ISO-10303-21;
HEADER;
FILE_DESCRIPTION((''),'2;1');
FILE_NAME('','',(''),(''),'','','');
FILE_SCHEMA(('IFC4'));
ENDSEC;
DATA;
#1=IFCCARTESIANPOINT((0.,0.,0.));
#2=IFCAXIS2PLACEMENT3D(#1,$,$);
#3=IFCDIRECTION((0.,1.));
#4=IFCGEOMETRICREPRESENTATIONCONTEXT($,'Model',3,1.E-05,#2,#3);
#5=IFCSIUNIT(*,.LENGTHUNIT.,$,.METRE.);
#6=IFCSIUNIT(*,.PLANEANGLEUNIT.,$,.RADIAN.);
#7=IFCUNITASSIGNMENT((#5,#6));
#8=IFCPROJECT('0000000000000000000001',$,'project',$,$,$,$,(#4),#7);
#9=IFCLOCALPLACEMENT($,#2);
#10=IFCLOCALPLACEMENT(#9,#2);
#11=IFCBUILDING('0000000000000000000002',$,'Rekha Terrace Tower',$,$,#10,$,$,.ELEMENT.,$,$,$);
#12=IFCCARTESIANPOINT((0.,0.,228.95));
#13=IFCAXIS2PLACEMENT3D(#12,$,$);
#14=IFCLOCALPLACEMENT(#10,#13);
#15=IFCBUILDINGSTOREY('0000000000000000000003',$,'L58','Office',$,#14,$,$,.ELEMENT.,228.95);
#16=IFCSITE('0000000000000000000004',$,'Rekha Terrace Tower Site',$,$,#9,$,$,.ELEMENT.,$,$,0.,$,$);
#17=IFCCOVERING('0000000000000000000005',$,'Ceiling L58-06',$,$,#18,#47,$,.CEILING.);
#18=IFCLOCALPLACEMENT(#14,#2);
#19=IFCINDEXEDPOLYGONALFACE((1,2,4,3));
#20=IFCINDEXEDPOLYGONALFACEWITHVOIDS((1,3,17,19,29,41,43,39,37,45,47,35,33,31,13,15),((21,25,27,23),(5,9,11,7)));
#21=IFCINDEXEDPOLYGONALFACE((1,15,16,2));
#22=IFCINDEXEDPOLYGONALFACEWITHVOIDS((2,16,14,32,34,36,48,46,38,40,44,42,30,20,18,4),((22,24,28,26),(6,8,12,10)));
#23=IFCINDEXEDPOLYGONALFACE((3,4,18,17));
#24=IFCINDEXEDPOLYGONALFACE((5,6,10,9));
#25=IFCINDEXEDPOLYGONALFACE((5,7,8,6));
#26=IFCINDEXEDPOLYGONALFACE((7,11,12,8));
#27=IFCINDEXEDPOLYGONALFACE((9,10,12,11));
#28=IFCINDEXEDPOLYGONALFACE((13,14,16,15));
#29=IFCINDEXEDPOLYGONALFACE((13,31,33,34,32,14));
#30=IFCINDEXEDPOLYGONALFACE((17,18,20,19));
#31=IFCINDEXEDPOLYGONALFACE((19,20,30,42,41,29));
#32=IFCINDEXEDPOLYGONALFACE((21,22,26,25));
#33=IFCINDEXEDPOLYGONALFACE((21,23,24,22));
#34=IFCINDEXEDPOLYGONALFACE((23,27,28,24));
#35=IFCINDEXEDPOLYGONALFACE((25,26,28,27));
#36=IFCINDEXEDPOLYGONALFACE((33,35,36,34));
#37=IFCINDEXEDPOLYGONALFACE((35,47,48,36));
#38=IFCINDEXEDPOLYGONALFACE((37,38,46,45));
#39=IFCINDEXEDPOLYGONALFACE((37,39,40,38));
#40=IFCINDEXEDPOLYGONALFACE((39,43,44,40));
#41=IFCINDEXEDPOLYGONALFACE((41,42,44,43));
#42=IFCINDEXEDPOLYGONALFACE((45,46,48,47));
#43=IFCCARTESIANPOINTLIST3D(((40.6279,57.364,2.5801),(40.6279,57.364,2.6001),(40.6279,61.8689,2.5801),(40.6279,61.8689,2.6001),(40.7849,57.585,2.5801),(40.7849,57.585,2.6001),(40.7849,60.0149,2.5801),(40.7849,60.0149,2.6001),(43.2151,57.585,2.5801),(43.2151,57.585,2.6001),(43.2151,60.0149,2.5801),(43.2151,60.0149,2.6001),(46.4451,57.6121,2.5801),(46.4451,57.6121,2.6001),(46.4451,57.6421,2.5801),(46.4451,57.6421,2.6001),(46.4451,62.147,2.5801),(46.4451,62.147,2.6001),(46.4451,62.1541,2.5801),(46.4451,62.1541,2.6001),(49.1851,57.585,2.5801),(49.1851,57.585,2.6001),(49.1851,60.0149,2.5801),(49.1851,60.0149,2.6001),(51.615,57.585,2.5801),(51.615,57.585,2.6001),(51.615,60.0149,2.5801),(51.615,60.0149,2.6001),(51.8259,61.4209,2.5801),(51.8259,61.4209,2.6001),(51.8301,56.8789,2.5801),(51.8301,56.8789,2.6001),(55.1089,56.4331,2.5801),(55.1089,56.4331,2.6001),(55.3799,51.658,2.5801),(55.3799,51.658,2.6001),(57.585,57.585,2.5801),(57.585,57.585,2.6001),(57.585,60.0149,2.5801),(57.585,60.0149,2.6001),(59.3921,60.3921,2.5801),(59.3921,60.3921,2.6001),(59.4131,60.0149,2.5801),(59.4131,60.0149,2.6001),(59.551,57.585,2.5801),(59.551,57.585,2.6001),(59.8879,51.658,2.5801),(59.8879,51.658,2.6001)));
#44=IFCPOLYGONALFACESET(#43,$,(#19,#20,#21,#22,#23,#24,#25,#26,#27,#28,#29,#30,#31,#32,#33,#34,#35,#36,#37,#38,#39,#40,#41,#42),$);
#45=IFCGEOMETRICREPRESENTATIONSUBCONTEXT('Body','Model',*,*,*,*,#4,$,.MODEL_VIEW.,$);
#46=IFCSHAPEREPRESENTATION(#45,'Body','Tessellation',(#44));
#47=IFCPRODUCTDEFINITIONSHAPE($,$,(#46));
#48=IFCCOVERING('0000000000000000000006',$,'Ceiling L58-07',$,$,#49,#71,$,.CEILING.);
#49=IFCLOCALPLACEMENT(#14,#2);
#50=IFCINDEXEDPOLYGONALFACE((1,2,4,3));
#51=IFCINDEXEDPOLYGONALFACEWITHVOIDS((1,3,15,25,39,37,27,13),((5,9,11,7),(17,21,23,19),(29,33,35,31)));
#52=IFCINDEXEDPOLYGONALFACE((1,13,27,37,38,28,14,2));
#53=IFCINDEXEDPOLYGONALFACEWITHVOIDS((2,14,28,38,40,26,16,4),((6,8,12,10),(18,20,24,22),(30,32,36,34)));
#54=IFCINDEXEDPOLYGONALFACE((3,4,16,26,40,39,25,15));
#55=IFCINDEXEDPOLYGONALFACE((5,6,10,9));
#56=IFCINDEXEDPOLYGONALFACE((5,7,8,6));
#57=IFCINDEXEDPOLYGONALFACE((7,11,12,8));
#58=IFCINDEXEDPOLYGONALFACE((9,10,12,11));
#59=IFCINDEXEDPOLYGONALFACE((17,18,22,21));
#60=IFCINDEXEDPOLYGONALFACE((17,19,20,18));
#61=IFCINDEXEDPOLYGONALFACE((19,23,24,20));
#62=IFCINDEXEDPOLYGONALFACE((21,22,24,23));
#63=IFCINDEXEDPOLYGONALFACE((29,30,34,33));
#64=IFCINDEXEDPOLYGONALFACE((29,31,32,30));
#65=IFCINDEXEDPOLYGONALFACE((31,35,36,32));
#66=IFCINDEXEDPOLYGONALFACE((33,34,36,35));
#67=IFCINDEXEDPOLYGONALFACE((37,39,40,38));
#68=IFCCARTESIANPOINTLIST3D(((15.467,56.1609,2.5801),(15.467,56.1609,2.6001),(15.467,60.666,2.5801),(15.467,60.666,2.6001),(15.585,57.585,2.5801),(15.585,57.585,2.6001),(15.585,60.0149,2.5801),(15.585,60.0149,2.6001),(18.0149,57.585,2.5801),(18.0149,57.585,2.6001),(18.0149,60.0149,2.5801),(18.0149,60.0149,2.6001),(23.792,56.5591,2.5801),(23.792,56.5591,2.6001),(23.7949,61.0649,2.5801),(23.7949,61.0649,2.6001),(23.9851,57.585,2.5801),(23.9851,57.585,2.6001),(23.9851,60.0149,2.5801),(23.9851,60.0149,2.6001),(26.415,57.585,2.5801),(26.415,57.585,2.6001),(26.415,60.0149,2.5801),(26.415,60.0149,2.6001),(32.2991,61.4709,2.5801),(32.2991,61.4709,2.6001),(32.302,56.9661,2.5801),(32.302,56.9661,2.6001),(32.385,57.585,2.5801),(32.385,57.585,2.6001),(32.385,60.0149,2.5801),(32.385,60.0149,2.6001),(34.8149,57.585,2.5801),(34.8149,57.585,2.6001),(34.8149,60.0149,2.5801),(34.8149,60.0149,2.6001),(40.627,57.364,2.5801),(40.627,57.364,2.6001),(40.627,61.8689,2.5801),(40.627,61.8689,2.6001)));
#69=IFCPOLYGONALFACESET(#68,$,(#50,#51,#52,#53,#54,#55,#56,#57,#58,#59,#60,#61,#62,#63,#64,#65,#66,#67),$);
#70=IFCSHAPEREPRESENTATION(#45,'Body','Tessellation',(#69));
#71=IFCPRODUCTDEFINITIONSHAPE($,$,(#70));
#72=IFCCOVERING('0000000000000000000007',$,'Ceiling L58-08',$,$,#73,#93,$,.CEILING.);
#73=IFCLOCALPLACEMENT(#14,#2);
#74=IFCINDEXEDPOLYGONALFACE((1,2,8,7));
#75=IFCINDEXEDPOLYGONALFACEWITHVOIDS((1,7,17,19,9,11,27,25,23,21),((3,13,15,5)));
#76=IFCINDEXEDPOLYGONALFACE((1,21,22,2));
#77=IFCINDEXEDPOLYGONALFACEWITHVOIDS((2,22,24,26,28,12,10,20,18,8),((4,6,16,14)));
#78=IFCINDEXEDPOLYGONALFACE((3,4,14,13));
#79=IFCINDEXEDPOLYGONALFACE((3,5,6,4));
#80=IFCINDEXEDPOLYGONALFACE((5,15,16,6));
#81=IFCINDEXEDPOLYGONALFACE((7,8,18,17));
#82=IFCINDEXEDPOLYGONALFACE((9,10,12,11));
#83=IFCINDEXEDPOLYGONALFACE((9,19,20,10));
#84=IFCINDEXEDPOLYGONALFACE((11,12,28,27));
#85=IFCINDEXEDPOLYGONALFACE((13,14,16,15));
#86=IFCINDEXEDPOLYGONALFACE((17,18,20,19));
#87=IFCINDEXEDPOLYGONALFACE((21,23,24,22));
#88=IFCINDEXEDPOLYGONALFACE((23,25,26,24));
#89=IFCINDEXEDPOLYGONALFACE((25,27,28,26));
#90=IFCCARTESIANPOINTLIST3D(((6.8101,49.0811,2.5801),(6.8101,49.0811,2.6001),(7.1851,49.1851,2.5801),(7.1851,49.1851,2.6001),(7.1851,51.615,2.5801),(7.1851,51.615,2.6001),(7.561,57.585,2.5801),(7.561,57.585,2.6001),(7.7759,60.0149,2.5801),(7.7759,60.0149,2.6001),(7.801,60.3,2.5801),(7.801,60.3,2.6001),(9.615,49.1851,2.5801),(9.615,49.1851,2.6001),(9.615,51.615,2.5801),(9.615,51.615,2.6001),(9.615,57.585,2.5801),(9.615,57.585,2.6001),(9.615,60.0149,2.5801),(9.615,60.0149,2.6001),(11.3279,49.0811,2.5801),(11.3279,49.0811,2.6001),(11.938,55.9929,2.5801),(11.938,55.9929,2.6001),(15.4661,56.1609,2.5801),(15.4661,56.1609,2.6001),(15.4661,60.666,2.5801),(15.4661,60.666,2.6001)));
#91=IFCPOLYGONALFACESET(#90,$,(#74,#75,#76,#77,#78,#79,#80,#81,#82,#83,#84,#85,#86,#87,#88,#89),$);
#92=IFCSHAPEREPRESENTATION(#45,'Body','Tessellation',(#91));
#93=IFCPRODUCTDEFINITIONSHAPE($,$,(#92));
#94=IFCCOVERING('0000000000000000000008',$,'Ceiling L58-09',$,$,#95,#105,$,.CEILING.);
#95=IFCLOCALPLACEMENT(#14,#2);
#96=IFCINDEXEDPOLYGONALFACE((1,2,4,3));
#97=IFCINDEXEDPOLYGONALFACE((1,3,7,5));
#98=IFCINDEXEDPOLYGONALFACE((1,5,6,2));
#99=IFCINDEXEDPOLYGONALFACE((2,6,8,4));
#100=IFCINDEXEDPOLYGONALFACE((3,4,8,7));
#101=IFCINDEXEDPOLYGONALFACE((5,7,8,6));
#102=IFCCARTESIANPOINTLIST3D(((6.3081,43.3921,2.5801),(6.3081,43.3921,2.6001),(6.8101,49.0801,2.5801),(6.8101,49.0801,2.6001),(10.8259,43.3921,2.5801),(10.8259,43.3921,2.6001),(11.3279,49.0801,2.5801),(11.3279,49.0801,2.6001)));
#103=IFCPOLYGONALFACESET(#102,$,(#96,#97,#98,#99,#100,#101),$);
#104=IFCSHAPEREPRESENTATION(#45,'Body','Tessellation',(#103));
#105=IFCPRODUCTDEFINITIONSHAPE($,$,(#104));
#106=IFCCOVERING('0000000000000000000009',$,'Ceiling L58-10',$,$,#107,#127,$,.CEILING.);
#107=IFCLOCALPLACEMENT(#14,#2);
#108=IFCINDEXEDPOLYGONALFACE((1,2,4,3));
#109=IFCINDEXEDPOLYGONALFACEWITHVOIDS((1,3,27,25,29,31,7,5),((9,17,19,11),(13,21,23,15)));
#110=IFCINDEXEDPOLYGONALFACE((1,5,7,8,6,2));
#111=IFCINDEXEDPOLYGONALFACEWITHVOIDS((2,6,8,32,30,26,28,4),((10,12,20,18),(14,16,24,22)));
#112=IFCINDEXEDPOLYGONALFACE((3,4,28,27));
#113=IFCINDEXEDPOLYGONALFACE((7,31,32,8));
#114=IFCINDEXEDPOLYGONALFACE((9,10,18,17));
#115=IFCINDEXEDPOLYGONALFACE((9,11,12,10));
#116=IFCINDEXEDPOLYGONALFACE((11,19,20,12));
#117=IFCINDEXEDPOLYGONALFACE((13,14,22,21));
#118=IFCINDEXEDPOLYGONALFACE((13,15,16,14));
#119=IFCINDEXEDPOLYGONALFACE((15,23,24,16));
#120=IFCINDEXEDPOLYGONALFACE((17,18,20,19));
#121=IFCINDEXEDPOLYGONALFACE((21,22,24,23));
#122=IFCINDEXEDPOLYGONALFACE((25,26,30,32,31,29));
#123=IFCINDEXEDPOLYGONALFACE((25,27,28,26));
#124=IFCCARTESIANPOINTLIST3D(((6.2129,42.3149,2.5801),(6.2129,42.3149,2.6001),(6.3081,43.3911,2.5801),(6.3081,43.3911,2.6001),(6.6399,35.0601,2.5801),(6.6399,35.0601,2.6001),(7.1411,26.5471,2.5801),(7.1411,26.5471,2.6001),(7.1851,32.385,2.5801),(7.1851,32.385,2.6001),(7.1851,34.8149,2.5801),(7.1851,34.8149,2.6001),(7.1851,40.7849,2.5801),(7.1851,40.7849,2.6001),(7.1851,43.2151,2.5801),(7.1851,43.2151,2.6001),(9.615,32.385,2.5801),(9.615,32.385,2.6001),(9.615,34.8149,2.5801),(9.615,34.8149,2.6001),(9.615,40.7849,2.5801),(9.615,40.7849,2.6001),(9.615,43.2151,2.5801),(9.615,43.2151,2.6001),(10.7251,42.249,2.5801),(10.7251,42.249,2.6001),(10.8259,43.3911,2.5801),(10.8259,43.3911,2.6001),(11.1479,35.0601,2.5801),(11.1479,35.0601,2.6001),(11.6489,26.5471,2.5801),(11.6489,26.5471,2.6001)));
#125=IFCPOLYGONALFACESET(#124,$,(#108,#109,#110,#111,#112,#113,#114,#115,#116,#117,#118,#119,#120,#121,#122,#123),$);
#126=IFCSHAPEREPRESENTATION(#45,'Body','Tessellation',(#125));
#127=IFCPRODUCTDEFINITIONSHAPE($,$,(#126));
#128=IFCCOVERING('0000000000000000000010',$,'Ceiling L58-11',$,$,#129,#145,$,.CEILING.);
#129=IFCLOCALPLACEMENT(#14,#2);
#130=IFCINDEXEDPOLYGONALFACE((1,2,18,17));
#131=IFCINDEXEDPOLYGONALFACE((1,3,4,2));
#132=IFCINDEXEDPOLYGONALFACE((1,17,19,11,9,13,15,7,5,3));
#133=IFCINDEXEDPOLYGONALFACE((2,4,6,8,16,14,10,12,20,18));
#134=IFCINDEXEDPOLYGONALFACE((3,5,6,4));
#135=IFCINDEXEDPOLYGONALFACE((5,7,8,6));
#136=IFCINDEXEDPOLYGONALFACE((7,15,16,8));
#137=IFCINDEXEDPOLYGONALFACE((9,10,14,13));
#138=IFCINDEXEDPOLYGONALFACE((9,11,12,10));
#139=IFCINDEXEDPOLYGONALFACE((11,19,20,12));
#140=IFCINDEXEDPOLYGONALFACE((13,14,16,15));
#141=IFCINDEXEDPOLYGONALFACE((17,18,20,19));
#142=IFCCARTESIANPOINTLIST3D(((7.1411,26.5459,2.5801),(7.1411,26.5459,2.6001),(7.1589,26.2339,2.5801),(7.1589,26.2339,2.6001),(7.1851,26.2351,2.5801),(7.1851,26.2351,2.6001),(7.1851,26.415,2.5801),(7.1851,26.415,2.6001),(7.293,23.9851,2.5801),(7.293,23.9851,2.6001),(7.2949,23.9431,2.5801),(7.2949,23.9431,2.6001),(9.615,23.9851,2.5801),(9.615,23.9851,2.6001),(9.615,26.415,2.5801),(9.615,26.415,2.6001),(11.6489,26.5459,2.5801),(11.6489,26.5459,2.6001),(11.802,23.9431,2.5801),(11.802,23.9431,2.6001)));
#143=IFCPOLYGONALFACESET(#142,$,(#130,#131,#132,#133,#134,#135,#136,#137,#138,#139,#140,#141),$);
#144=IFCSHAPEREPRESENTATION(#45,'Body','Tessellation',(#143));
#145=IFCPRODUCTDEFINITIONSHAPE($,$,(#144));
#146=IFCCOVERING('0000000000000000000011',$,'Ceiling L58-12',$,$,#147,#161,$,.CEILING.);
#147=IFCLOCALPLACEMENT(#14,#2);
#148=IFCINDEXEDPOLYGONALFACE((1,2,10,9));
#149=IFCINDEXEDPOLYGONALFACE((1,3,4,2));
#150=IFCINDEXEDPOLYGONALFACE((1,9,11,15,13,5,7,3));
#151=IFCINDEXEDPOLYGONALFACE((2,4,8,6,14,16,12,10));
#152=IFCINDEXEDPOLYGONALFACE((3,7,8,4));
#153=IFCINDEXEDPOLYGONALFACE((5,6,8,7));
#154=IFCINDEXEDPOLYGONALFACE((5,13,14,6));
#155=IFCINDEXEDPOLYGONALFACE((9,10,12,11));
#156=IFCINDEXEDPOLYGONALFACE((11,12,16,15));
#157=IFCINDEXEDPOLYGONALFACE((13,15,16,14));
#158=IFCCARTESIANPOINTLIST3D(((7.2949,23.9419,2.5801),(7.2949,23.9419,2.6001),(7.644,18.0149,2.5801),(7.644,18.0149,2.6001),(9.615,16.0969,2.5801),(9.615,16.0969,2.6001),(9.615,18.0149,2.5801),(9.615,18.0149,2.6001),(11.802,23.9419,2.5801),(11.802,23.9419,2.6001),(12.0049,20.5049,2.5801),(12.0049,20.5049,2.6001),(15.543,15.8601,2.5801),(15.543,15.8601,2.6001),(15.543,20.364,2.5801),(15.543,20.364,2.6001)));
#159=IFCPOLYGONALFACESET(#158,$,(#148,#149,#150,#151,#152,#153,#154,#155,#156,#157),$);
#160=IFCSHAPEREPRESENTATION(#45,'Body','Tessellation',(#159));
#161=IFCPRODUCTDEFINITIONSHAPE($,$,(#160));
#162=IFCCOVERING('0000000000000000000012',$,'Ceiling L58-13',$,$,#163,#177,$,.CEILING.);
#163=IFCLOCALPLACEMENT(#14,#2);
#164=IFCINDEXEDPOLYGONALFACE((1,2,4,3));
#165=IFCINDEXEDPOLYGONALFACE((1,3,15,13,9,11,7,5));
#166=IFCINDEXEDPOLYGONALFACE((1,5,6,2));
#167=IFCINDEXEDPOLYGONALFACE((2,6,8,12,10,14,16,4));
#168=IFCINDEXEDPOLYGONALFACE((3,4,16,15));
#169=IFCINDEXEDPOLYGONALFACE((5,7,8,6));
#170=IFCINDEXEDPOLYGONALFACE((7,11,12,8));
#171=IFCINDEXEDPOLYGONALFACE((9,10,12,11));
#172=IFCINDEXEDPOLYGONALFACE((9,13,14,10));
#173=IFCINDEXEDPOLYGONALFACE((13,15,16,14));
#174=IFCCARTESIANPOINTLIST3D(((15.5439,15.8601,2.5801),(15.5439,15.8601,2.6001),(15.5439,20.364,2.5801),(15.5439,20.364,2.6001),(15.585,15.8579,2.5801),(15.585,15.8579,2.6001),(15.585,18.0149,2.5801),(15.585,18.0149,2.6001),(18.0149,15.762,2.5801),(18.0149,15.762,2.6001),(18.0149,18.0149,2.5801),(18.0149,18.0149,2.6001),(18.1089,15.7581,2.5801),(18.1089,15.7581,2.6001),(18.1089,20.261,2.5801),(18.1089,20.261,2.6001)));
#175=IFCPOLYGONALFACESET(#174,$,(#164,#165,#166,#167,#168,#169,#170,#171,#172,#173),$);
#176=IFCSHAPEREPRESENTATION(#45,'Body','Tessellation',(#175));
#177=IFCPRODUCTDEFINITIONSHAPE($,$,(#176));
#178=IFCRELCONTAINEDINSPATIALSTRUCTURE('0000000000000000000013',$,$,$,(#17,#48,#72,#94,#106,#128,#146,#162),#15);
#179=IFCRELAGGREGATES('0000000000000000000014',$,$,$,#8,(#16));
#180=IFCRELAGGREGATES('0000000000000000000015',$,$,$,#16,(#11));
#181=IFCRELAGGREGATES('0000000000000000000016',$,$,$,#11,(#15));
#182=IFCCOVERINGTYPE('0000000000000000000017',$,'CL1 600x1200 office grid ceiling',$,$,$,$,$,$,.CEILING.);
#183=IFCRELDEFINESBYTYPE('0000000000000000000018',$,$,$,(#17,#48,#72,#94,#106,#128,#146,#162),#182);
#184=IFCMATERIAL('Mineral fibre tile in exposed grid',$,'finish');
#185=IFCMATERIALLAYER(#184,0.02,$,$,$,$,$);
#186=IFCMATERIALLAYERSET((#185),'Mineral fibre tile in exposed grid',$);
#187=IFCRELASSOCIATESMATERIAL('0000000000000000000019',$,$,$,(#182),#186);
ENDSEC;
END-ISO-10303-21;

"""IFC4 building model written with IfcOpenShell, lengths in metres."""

from ifc_helpers import new_model, si_unit, direction, frame, origin, place, context, subcontext, project, spatial, polyline, outline, extrude, material, layer, layer_set, type_object, element, save


model = new_model("IFC4")

# Units and contexts
model_context = context("Model", 3, precision=1e-05, world=origin(), true_north=direction((0.0, 1.0)))
body_context = subcontext(model_context, "Body", "Model", "MODEL_VIEW")
ifc_project = project(units=[si_unit("LENGTHUNIT", "METRE"), si_unit("PLANEANGLEUNIT", "RADIAN")], contexts=[model_context])

# Site, building, storey
site_placement = place(None, origin())
site = spatial("IfcSite", under=ifc_project, at=site_placement, Name="Rekha Terrace Tower Site", CompositionType="ELEMENT", RefElevation=0.0)
building_placement = place(site_placement, origin())
building = spatial("IfcBuilding", under=site, at=building_placement, Name="Rekha Terrace Tower", CompositionType="ELEMENT")
storey_placement = place(building_placement, frame((0.0, 0.0, 228.95)))
storey = spatial("IfcBuildingStorey", under=building, at=storey_placement, Name="L58", Description="Office", CompositionType="ELEMENT", Elevation=228.95)

# Coverings
ifc_material_1 = material(Name="Mineral fibre tile in exposed grid", Category="finish")
ifc_layer_1 = layer(ifc_material_1, 0.02)
ifc_layer_set_1 = layer_set([ifc_layer_1], Name="Mineral fibre tile in exposed grid")
covering_type_1 = type_object("IfcCoveringType", Name="CL1 600x1200 office grid ceiling", PredefinedType="CEILING", material=ifc_layer_set_1)
covering_1_placement = place(storey_placement, frame((0.0, 0.0, 2.5801)))
element("IfcCovering", 1, at=covering_1_placement, inside=storey, type_object=covering_type_1, Name="Ceiling L58-06", PredefinedType="CEILING", context=body_context, shape_type="SweptSolid", body=[
    extrude(outline(polyline([(40.6279, 61.8689), (40.6279, 57.364), (46.4451, 57.6421), (46.4451, 57.6121), (51.8301, 56.8789), (55.1089, 56.4331), (55.3799, 51.658), (59.8879, 51.658), (59.551, 57.585), (57.585, 57.585), (57.585, 60.0149), (59.4131, 60.0149), (59.3921, 60.3921), (51.8259, 61.4209), (46.4451, 62.1541), (46.4451, 62.147), (40.6279, 61.8689)]), holes=[polyline([(51.615, 57.585), (49.1851, 57.585), (49.1851, 60.0149), (51.615, 60.0149), (51.615, 57.585)]), polyline([(43.2151, 60.0149), (43.2151, 57.585), (40.7849, 57.585), (40.7849, 60.0149), (43.2151, 60.0149)])]), origin(), (0.0, 0.0, 1.0), 0.02),
])
covering_2_placement = place(storey_placement, frame((0.0, 0.0, 2.5801)))
element("IfcCovering", 2, at=covering_2_placement, inside=storey, type_object=covering_type_1, Name="Ceiling L58-07", PredefinedType="CEILING", context=body_context, shape_type="SweptSolid", body=[
    extrude(outline(polyline([(32.2991, 61.4709), (23.7949, 61.0649), (15.467, 60.666), (15.467, 56.1609), (23.792, 56.5591), (32.302, 56.9661), (40.627, 57.364), (40.627, 61.8689), (32.2991, 61.4709)]), holes=[polyline([(34.8149, 57.585), (32.385, 57.585), (32.385, 60.0149), (34.8149, 60.0149), (34.8149, 57.585)]), polyline([(26.415, 57.585), (23.9851, 57.585), (23.9851, 60.0149), (26.415, 60.0149), (26.415, 57.585)]), polyline([(18.0149, 60.0149), (18.0149, 57.585), (15.585, 57.585), (15.585, 60.0149), (18.0149, 60.0149)])]), origin(), (0.0, 0.0, 1.0), 0.02),
])
covering_3_placement = place(storey_placement, frame((0.0, 0.0, 2.5801)))
element("IfcCovering", 3, at=covering_3_placement, inside=storey, type_object=covering_type_1, Name="Ceiling L58-08", PredefinedType="CEILING", context=body_context, shape_type="SweptSolid", body=[
    extrude(outline(polyline([(7.561, 57.585), (6.8101, 49.0811), (11.3279, 49.0811), (11.938, 55.9929), (15.4661, 56.1609), (15.4661, 60.666), (7.801, 60.3), (7.7759, 60.0149), (9.615, 60.0149), (9.615, 57.585), (7.561, 57.585)]), holes=[polyline([(9.615, 49.1851), (7.1851, 49.1851), (7.1851, 51.615), (9.615, 51.615), (9.615, 49.1851)])]), origin(), (0.0, 0.0, 1.0), 0.02),
])
covering_4_placement = place(storey_placement, frame((0.0, 0.0, 2.5801)))
element("IfcCovering", 4, at=covering_4_placement, inside=storey, type_object=covering_type_1, Name="Ceiling L58-09", PredefinedType="CEILING", context=body_context, shape_type="SweptSolid", body=[
    extrude(outline(polyline([(11.3279, 49.0801), (6.8101, 49.0801), (6.3081, 43.3921), (10.8259, 43.3921), (11.3279, 49.0801)])), origin(), (0.0, 0.0, 1.0), 0.02),
])
covering_5_placement = place(storey_placement, frame((0.0, 0.0, 2.5801)))
element("IfcCovering", 5, at=covering_5_placement, inside=storey, type_object=covering_type_1, Name="Ceiling L58-10", PredefinedType="CEILING", context=body_context, shape_type="SweptSolid", body=[
    extrude(outline(polyline([(10.8259, 43.3911), (6.3081, 43.3911), (6.2129, 42.3149), (6.6399, 35.0601), (7.1411, 26.5471), (11.6489, 26.5471), (11.1479, 35.0601), (10.7251, 42.249), (10.8259, 43.3911)]), holes=[polyline([(9.615, 34.8149), (9.615, 32.385), (7.1851, 32.385), (7.1851, 34.8149), (9.615, 34.8149)]), polyline([(9.615, 40.7849), (7.1851, 40.7849), (7.1851, 43.2151), (9.615, 43.2151), (9.615, 40.7849)])]), origin(), (0.0, 0.0, 1.0), 0.02),
])
covering_6_placement = place(storey_placement, frame((0.0, 0.0, 2.5801)))
element("IfcCovering", 6, at=covering_6_placement, inside=storey, type_object=covering_type_1, Name="Ceiling L58-11", PredefinedType="CEILING", context=body_context, shape_type="SweptSolid", body=[
    extrude(outline(polyline([(9.615, 23.9851), (7.293, 23.9851), (7.2949, 23.9431), (11.802, 23.9431), (11.6489, 26.5459), (7.1411, 26.5459), (7.1589, 26.2339), (7.1851, 26.2351), (7.1851, 26.415), (9.615, 26.415), (9.615, 23.9851)])), origin(), (0.0, 0.0, 1.0), 0.02),
])
covering_7_placement = place(storey_placement, frame((0.0, 0.0, 2.5801)))
element("IfcCovering", 7, at=covering_7_placement, inside=storey, type_object=covering_type_1, Name="Ceiling L58-12", PredefinedType="CEILING", context=body_context, shape_type="SweptSolid", body=[
    extrude(outline(polyline([(9.615, 16.0969), (15.543, 15.8601), (15.543, 20.364), (12.0049, 20.5049), (11.802, 23.9419), (7.2949, 23.9419), (7.644, 18.0149), (9.615, 18.0149), (9.615, 16.0969)])), origin(), (0.0, 0.0, 1.0), 0.02),
])
covering_8_placement = place(storey_placement, frame((0.0, 0.0, 2.5801)))
element("IfcCovering", 8, at=covering_8_placement, inside=storey, type_object=covering_type_1, Name="Ceiling L58-13", PredefinedType="CEILING", context=body_context, shape_type="SweptSolid", body=[
    extrude(outline(polyline([(18.0149, 18.0149), (18.0149, 15.762), (18.1089, 15.7581), (18.1089, 20.261), (15.5439, 20.364), (15.5439, 15.8601), (15.585, 15.8579), (15.585, 18.0149), (18.0149, 18.0149)])), origin(), (0.0, 0.0, 1.0), 0.02),
])

save(model, "model.ifc")
